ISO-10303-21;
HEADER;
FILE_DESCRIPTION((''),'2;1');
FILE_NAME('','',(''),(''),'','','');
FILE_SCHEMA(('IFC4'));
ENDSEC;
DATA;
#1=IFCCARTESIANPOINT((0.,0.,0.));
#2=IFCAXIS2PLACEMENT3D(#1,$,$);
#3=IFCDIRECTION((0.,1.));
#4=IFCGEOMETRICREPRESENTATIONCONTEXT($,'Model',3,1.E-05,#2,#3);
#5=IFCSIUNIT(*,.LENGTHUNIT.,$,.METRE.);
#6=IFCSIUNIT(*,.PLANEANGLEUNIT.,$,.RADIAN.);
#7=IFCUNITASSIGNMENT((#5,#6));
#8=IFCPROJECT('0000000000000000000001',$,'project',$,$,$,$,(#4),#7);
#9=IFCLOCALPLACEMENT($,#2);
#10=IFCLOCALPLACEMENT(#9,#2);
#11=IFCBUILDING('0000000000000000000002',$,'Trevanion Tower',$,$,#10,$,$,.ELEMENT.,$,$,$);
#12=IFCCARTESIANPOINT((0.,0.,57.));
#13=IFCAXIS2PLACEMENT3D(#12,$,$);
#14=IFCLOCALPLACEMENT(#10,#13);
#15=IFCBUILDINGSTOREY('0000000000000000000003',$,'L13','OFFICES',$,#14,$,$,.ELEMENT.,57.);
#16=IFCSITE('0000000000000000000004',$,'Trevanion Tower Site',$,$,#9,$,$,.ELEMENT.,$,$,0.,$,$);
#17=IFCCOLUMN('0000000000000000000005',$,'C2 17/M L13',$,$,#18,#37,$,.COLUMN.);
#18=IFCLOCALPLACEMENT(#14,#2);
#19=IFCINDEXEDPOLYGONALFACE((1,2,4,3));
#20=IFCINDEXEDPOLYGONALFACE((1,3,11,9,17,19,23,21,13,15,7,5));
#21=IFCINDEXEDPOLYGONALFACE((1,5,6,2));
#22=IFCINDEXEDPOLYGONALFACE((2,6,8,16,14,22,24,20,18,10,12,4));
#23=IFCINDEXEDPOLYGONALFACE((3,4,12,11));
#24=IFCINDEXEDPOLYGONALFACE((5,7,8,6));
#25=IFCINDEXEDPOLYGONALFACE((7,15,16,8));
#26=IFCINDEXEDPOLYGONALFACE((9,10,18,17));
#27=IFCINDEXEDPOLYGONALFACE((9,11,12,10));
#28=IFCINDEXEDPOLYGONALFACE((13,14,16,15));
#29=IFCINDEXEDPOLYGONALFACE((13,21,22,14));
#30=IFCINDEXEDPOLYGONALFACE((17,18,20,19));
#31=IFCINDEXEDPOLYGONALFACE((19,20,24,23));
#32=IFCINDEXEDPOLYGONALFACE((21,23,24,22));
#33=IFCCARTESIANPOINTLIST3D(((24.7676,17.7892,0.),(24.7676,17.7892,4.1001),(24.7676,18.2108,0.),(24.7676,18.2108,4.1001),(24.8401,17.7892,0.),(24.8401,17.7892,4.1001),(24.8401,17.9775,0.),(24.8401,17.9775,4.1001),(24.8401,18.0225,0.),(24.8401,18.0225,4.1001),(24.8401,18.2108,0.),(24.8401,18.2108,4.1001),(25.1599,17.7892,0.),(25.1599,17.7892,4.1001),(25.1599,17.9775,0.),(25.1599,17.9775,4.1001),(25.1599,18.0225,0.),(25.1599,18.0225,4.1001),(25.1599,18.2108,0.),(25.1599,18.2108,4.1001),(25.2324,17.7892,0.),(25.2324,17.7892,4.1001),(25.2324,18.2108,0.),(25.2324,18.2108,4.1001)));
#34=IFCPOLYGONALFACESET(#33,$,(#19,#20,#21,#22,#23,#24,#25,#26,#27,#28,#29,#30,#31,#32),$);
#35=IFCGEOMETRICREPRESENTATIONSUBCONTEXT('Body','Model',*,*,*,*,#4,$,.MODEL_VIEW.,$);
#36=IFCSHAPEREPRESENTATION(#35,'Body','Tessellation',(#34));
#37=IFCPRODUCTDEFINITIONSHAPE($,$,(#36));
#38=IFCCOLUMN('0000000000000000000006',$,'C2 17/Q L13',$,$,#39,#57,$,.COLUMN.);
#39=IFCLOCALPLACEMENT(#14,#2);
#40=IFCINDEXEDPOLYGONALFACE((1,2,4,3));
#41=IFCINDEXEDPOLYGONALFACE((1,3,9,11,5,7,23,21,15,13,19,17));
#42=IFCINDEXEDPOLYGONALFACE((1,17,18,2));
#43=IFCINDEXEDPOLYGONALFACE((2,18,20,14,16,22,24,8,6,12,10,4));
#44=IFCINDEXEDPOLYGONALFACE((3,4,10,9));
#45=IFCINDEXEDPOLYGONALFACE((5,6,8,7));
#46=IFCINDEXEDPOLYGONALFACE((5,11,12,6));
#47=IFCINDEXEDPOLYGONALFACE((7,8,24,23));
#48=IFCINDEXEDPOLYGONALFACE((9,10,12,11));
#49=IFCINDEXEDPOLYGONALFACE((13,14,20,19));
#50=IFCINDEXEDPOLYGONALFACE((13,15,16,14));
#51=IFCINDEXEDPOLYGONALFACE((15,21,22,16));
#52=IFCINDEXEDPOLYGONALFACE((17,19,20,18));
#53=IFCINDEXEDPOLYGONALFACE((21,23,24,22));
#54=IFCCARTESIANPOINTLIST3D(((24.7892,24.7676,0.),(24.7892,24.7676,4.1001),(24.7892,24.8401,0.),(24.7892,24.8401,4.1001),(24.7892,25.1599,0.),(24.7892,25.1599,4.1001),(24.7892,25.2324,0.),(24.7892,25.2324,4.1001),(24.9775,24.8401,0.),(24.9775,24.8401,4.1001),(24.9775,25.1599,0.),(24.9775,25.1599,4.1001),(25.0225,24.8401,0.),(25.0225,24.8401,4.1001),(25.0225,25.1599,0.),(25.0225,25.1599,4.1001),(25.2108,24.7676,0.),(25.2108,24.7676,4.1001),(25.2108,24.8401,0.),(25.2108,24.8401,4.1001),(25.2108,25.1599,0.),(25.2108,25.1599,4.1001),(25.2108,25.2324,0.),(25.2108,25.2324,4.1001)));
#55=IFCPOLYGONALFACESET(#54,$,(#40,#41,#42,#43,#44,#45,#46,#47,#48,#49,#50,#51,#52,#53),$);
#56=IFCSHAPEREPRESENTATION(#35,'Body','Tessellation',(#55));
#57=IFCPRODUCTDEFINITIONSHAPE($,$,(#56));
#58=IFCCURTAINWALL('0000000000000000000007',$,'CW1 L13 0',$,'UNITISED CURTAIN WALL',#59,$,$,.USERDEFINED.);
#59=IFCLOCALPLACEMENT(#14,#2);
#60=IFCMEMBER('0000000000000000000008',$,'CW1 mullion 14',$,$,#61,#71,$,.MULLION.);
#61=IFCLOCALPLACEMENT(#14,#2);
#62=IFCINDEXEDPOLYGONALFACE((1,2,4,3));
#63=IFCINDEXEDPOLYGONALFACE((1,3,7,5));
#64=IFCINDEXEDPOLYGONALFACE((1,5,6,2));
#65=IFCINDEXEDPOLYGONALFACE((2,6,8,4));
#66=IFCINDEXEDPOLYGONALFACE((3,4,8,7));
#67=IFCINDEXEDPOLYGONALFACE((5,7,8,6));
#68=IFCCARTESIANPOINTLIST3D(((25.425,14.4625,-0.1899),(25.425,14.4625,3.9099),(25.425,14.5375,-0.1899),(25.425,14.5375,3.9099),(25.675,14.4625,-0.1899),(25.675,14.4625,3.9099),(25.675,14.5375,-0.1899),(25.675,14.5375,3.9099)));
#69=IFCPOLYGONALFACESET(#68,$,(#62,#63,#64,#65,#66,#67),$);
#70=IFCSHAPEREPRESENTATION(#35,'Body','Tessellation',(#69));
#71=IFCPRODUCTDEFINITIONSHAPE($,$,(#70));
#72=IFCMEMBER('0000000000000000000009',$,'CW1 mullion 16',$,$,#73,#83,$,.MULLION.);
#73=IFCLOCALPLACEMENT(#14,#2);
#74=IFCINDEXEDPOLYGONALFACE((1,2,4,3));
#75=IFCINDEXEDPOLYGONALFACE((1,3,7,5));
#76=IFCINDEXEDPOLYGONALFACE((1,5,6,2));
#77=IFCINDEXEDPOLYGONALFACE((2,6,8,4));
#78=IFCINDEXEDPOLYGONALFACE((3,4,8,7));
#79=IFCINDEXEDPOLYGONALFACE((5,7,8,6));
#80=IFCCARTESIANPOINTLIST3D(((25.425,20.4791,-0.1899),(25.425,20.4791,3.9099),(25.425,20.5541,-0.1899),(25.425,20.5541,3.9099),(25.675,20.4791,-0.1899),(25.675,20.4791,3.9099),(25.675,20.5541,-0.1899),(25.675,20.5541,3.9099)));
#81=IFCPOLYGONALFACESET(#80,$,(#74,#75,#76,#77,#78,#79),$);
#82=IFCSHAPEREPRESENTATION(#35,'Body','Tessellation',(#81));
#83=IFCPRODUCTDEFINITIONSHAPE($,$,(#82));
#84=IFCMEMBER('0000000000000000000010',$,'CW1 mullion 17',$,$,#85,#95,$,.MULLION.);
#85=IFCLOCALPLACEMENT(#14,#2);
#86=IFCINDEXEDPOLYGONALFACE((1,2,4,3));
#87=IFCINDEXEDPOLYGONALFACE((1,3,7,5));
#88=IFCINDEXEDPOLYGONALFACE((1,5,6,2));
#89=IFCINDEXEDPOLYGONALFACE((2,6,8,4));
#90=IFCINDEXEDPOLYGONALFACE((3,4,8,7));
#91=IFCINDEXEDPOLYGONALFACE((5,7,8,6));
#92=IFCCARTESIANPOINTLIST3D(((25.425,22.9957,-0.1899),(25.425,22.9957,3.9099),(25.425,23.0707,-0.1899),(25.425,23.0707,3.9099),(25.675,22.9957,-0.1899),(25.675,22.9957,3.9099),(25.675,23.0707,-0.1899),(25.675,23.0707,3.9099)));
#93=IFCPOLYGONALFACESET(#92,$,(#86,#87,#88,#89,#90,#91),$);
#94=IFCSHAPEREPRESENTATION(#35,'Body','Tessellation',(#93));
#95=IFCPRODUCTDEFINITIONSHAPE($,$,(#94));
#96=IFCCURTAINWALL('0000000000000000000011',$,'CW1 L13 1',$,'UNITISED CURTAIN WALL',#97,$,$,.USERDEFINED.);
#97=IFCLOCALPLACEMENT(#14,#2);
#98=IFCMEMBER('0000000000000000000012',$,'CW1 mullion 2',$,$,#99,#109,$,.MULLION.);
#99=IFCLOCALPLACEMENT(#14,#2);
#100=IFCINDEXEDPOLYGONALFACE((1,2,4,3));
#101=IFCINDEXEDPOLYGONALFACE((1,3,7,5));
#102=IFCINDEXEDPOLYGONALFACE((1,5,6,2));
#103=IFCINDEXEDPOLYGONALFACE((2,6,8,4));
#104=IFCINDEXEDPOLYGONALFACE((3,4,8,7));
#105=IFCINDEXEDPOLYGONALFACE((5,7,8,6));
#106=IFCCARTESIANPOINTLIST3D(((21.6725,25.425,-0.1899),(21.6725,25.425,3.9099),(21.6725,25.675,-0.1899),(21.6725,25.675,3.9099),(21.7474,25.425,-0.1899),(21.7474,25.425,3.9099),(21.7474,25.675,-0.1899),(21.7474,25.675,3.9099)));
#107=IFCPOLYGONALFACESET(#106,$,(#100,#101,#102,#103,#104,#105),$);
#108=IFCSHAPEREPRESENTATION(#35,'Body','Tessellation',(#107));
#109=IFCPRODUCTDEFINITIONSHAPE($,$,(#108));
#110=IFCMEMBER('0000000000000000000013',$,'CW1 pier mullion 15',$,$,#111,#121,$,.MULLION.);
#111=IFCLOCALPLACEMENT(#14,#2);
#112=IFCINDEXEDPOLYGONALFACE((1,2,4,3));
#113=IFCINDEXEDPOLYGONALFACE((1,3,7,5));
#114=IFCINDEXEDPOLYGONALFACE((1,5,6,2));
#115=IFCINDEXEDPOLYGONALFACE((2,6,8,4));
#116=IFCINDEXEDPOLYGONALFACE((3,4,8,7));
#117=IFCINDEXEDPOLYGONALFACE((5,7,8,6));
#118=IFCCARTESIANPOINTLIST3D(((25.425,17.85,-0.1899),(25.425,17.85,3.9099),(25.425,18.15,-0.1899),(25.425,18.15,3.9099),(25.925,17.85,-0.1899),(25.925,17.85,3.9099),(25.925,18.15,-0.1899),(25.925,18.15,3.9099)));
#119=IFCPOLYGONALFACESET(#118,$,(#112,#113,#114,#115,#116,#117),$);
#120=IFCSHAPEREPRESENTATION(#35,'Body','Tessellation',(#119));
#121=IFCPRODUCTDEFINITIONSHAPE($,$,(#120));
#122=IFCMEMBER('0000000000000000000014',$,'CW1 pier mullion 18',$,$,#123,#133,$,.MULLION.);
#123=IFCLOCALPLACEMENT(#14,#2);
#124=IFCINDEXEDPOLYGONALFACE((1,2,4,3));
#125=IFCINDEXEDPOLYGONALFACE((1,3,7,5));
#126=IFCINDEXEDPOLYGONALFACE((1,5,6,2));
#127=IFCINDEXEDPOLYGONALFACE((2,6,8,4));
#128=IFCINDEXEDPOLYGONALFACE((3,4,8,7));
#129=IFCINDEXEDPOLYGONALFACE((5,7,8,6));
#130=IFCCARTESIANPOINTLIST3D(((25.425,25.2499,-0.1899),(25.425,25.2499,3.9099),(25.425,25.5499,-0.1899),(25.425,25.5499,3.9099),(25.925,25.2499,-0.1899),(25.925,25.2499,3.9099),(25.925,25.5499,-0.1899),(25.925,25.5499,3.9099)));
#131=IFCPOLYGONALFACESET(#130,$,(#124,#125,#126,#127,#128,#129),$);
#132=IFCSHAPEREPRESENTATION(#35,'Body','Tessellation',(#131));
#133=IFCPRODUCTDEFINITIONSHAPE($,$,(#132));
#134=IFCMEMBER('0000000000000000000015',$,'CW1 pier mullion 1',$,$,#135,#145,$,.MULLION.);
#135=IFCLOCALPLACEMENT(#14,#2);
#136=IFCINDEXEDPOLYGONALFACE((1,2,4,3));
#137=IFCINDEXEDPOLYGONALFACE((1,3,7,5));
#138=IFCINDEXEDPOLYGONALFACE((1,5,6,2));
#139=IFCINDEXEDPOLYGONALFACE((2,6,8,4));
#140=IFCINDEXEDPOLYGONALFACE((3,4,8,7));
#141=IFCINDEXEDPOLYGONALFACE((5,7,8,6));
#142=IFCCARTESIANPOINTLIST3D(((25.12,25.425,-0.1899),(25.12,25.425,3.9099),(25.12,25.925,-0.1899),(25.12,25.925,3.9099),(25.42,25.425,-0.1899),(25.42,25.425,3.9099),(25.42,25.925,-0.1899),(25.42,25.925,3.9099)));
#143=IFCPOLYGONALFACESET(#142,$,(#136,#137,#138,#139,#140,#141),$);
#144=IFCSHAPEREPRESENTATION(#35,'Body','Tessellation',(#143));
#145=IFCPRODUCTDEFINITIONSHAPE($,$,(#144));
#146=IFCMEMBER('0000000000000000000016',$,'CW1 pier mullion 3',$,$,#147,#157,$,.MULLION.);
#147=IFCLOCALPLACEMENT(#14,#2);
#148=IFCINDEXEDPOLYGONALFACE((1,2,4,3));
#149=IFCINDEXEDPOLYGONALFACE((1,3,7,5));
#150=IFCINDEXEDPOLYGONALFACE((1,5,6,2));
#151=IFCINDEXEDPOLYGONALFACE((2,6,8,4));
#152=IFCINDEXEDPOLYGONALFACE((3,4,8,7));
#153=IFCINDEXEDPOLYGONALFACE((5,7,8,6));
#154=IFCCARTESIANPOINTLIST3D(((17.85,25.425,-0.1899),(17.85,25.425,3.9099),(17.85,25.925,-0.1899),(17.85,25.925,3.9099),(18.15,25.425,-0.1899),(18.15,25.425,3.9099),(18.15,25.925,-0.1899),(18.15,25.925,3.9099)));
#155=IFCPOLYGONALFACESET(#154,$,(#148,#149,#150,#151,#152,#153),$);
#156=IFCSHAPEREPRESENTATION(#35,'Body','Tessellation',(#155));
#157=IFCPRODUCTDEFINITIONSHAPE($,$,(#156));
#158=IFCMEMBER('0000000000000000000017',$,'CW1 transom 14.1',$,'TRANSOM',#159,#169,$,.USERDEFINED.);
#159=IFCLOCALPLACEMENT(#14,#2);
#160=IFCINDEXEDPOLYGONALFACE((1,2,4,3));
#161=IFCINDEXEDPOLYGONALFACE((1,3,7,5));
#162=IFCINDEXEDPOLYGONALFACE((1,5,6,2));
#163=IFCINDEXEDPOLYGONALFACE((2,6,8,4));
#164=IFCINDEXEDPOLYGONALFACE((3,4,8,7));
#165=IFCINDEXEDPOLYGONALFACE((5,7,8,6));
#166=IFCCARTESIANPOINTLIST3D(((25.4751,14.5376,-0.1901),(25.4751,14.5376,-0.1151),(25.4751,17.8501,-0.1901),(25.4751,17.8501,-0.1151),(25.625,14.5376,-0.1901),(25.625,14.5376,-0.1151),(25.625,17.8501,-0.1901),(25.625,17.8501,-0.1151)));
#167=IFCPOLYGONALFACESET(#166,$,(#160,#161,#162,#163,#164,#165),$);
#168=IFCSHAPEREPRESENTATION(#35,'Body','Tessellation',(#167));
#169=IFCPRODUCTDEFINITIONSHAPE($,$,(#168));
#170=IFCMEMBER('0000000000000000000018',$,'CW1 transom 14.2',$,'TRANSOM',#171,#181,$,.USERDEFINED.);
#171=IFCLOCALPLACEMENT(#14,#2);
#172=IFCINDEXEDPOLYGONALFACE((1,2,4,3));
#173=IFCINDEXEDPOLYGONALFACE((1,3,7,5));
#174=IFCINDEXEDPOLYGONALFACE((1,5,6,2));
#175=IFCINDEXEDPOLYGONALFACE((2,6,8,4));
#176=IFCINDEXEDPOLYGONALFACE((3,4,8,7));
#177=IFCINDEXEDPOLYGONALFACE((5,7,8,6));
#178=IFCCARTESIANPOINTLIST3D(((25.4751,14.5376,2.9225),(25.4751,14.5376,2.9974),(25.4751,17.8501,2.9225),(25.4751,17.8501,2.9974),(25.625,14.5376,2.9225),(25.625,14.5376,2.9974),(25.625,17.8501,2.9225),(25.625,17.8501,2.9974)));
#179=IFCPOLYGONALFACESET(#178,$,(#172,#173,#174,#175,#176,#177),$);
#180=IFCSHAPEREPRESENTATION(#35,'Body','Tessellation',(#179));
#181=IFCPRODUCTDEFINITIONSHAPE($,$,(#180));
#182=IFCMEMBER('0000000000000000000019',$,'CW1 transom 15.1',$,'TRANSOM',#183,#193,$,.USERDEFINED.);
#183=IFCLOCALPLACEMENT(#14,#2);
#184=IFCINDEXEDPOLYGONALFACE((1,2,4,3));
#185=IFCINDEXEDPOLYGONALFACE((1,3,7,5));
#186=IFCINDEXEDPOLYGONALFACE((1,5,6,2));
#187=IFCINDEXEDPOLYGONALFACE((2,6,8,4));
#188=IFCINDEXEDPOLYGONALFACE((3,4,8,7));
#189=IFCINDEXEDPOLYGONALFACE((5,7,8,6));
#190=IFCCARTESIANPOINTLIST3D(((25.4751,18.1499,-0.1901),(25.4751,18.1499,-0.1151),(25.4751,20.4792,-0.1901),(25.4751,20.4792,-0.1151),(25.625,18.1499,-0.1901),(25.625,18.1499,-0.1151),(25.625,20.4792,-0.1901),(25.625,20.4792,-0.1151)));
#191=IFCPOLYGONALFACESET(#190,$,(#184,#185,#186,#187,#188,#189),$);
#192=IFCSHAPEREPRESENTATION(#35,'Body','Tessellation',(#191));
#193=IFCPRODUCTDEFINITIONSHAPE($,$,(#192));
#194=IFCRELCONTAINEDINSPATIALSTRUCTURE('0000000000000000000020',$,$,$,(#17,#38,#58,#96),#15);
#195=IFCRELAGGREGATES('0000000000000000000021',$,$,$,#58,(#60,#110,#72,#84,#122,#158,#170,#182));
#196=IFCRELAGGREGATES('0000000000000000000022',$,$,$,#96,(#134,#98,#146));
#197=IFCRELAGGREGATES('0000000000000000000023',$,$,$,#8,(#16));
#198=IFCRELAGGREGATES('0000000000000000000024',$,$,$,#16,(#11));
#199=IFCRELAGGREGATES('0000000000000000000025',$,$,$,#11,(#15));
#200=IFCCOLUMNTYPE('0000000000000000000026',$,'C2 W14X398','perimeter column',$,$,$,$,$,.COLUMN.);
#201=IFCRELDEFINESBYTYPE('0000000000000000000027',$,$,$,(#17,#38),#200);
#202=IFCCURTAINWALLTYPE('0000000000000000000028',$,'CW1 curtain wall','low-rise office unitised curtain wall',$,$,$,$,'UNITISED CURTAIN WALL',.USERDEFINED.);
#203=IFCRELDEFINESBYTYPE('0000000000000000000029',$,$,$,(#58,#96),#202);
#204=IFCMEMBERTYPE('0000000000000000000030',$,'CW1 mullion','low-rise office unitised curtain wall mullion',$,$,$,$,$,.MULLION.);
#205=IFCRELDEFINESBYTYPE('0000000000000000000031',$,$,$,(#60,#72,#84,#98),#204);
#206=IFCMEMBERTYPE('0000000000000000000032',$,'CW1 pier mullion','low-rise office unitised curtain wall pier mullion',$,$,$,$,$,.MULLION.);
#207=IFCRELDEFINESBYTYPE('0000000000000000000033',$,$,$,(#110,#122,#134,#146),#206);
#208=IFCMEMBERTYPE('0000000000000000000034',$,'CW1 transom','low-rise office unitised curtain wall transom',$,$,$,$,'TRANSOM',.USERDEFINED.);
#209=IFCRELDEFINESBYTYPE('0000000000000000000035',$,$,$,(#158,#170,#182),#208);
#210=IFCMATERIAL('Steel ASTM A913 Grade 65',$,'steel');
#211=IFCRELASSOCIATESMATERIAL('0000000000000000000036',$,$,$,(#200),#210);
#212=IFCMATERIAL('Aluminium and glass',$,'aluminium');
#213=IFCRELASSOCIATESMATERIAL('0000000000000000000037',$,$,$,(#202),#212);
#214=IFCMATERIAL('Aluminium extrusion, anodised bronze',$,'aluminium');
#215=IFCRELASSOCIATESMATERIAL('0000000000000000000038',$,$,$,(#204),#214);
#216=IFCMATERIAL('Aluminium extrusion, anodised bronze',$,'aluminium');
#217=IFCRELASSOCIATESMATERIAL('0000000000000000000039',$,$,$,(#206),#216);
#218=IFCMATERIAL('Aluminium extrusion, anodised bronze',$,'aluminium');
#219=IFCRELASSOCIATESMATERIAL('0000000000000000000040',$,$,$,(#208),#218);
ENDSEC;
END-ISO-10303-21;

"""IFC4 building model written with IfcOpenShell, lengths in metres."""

from ifc_helpers import new_model, si_unit, direction, frame, origin, origin_2d, place, context, subcontext, project, spatial, rectangle, i_section, extrude, material, material_profile, profile_set, type_object, element, aggregate, save


model = new_model("IFC4")

# Units and contexts
model_context = context("Model", 3, precision=1e-05, world=origin(), true_north=direction((0.0, 1.0)))
body_context = subcontext(model_context, "Body", "Model", "MODEL_VIEW")
ifc_project = project(units=[si_unit("LENGTHUNIT", "METRE"), si_unit("PLANEANGLEUNIT", "RADIAN")], contexts=[model_context])

# Site, building, storey
site_placement = place(None, origin())
site = spatial("IfcSite", under=ifc_project, at=site_placement, Name="Trevanion Tower Site", CompositionType="ELEMENT", RefElevation=0.0)
building_placement = place(site_placement, origin())
building = spatial("IfcBuilding", under=site, at=building_placement, Name="Trevanion Tower", CompositionType="ELEMENT")
storey_placement = place(building_placement, frame((0.0, 0.0, 57.0)))
storey = spatial("IfcBuildingStorey", under=building, at=storey_placement, Name="L13", Description="OFFICES", CompositionType="ELEMENT", Elevation=57.0)

# Columns
ifc_material_1 = material(Name="Steel ASTM A913 Grade 65", Category="steel")
ifc_material_profile_1 = material_profile(ifc_material_1, i_section(OverallWidth=0.4216, OverallDepth=0.4648, WebThickness=0.0449, FlangeThickness=0.0725, at=origin_2d()), Name="W14X398")
ifc_profile_set_1 = profile_set([ifc_material_profile_1], Name="Steel ASTM A913 Grade 65")
column_type = type_object("IfcColumnType", Name="C2 W14X398", Description="perimeter column", PredefinedType="COLUMN", material=ifc_profile_set_1)
for number, where, z_axis, x_axis, name in (
    (1, (25.0, 18.0, 0.0), (0.0, 0.0, 1.0), (0.0, 1.0, 0.0), "C2 17/M L13"),
    (2, (25.0, 25.0, 0.0), (0.0, 0.0, 1.0), (1.0, 0.0, 0.0), "C2 17/Q L13"),
):
    element("IfcColumn", number, at=place(storey_placement, frame(where, z_axis=z_axis, x_axis=x_axis)), inside=storey, type_object=column_type, Name=name, PredefinedType="COLUMN", context=body_context, shape_type="SweptSolid", body=[
        extrude(i_section(OverallWidth=0.4216, OverallDepth=0.4648, WebThickness=0.0449, FlangeThickness=0.0725, at=origin_2d()), origin(), (0.0, 0.0, 1.0), 4.1001),
    ])

# Curtain wall, members
ifc_material_2 = material(Name="Aluminium and glass", Category="aluminium")
curtain_wall_type = type_object("IfcCurtainWallType", Name="CW1 curtain wall", Description="low-rise office unitised curtain wall", ElementType="UNITISED CURTAIN WALL", PredefinedType="USERDEFINED", material=ifc_material_2)
curtain_wall_1_placement = place(storey_placement, origin())
curtain_wall_1 = element("IfcCurtainWall", 3, at=curtain_wall_1_placement, inside=storey, type_object=curtain_wall_type, Name="CW1 L13 0", ObjectType="UNITISED CURTAIN WALL", PredefinedType="USERDEFINED")
ifc_material_3 = material(Name="Aluminium extrusion, anodised bronze", Category="aluminium")
ifc_material_profile_2 = material_profile(ifc_material_3, rectangle(XDim=0.075, YDim=0.25, at=origin_2d()), Name="CW1 mullion")
ifc_profile_set_2 = profile_set([ifc_material_profile_2], Name="Aluminium extrusion, anodised bronze")
member_type_1 = type_object("IfcMemberType", Name="CW1 mullion", Description="low-rise office unitised curtain wall mullion", PredefinedType="MULLION", material=ifc_profile_set_2)
member_1_placement = place(storey_placement, frame((25.55, 14.5, -0.1899), z_axis=(0.0, 0.0, 1.0), x_axis=(0.0, 1.0, 0.0)))
member_1 = element("IfcMember", 4, at=member_1_placement, type_object=member_type_1, Name="CW1 mullion 14", PredefinedType="MULLION", context=body_context, shape_type="SweptSolid", body=[
    extrude(rectangle(XDim=0.075, YDim=0.25, at=origin_2d()), origin(), (0.0, 0.0, 1.0), 4.0999),
])
member_2_placement = place(storey_placement, frame((25.55, 20.5166, -0.1899), z_axis=(0.0, 0.0, 1.0), x_axis=(0.0, 1.0, 0.0)))
member_2 = element("IfcMember", 5, at=member_2_placement, type_object=member_type_1, Name="CW1 mullion 16", PredefinedType="MULLION", context=body_context, shape_type="SweptSolid", body=[
    extrude(rectangle(XDim=0.075, YDim=0.25, at=origin_2d()), origin(), (0.0, 0.0, 1.0), 4.0999),
])
member_3_placement = place(storey_placement, frame((25.55, 23.0332, -0.1899), z_axis=(0.0, 0.0, 1.0), x_axis=(0.0, 1.0, 0.0)))
member_3 = element("IfcMember", 6, at=member_3_placement, type_object=member_type_1, Name="CW1 mullion 17", PredefinedType="MULLION", context=body_context, shape_type="SweptSolid", body=[
    extrude(rectangle(XDim=0.075, YDim=0.25, at=origin_2d()), origin(), (0.0, 0.0, 1.0), 4.0999),
])

# Curtain wall, member
curtain_wall_2_placement = place(storey_placement, origin())
curtain_wall_2 = element("IfcCurtainWall", 7, at=curtain_wall_2_placement, inside=storey, type_object=curtain_wall_type, Name="CW1 L13 1", ObjectType="UNITISED CURTAIN WALL", PredefinedType="USERDEFINED")
member_4_placement = place(storey_placement, frame((21.71, 25.55, -0.1899), z_axis=(0.0, 0.0, 1.0), x_axis=(-1.0, 0.0, 0.0)))
member_4 = element("IfcMember", 8, at=member_4_placement, type_object=member_type_1, Name="CW1 mullion 2", PredefinedType="MULLION", context=body_context, shape_type="SweptSolid", body=[
    extrude(rectangle(XDim=0.075, YDim=0.25, at=origin_2d()), origin(), (0.0, 0.0, 1.0), 4.0999),
])

# Members
ifc_material_4 = material(Name="Aluminium extrusion, anodised bronze", Category="aluminium")
ifc_material_profile_3 = material_profile(ifc_material_4, rectangle(XDim=0.3, YDim=0.5, at=origin_2d()), Name="CW1 pier mullion")
ifc_profile_set_3 = profile_set([ifc_material_profile_3], Name="Aluminium extrusion, anodised bronze")
member_type_2 = type_object("IfcMemberType", Name="CW1 pier mullion", Description="low-rise office unitised curtain wall pier mullion", PredefinedType="MULLION", material=ifc_profile_set_3)
member_5_placement = place(storey_placement, frame((25.675, 18.0, -0.1899), z_axis=(0.0, 0.0, 1.0), x_axis=(0.0, 1.0, 0.0)))
member_5 = element("IfcMember", 9, at=member_5_placement, type_object=member_type_2, Name="CW1 pier mullion 15", PredefinedType="MULLION", context=body_context, shape_type="SweptSolid", body=[
    extrude(rectangle(XDim=0.3, YDim=0.5, at=origin_2d()), origin(), (0.0, 0.0, 1.0), 4.0999),
])
member_6_placement = place(storey_placement, frame((25.675, 25.3999, -0.1899), z_axis=(0.0, 0.0, 1.0), x_axis=(0.0, 1.0, 0.0)))
member_6 = element("IfcMember", 10, at=member_6_placement, type_object=member_type_2, Name="CW1 pier mullion 18", PredefinedType="MULLION", context=body_context, shape_type="SweptSolid", body=[
    extrude(rectangle(XDim=0.3, YDim=0.5, at=origin_2d()), origin(), (0.0, 0.0, 1.0), 4.0999),
])
member_7_placement = place(storey_placement, frame((25.27, 25.675, -0.1899), z_axis=(0.0, 0.0, 1.0), x_axis=(-1.0, 0.0, 0.0)))
member_7 = element("IfcMember", 11, at=member_7_placement, type_object=member_type_2, Name="CW1 pier mullion 1", PredefinedType="MULLION", context=body_context, shape_type="SweptSolid", body=[
    extrude(rectangle(XDim=0.3, YDim=0.5, at=origin_2d()), origin(), (0.0, 0.0, 1.0), 4.0999),
])
member_8_placement = place(storey_placement, frame((18.0, 25.675, -0.1899), z_axis=(0.0, 0.0, 1.0), x_axis=(-1.0, 0.0, 0.0)))
member_8 = element("IfcMember", 12, at=member_8_placement, type_object=member_type_2, Name="CW1 pier mullion 3", PredefinedType="MULLION", context=body_context, shape_type="SweptSolid", body=[
    extrude(rectangle(XDim=0.3, YDim=0.5, at=origin_2d()), origin(), (0.0, 0.0, 1.0), 4.0999),
])
ifc_material_5 = material(Name="Aluminium extrusion, anodised bronze", Category="aluminium")
ifc_material_profile_4 = material_profile(ifc_material_5, rectangle(XDim=0.1499, YDim=0.075, at=origin_2d()), Name="CW1 transom")
ifc_profile_set_4 = profile_set([ifc_material_profile_4], Name="Aluminium extrusion, anodised bronze")
member_type_3 = type_object("IfcMemberType", Name="CW1 transom", Description="low-rise office unitised curtain wall transom", ElementType="TRANSOM", PredefinedType="USERDEFINED", material=ifc_profile_set_4)
member_9_placement = place(storey_placement, frame((25.55, 14.5376, -0.1526), z_axis=(0.0, 1.0, 0.0), x_axis=(-1.0, 0.0, 0.0)))
member_9 = element("IfcMember", 13, at=member_9_placement, type_object=member_type_3, Name="CW1 transom 14.1", ObjectType="TRANSOM", PredefinedType="USERDEFINED", context=body_context, shape_type="SweptSolid", body=[
    extrude(rectangle(XDim=0.1499, YDim=0.075, at=origin_2d()), origin(), (0.0, 0.0, 1.0), 3.3125),
])
member_10_placement = place(storey_placement, frame((25.55, 14.5376, 2.96), z_axis=(0.0, 1.0, 0.0), x_axis=(-1.0, 0.0, 0.0)))
member_10 = element("IfcMember", 14, at=member_10_placement, type_object=member_type_3, Name="CW1 transom 14.2", ObjectType="TRANSOM", PredefinedType="USERDEFINED", context=body_context, shape_type="SweptSolid", body=[
    extrude(rectangle(XDim=0.1499, YDim=0.075, at=origin_2d()), origin(), (0.0, 0.0, 1.0), 3.3125),
])
member_11_placement = place(storey_placement, frame((25.55, 18.1499, -0.1526), z_axis=(0.0, 1.0, 0.0), x_axis=(-1.0, 0.0, 0.0)))
member_11 = element("IfcMember", 15, at=member_11_placement, type_object=member_type_3, Name="CW1 transom 15.1", ObjectType="TRANSOM", PredefinedType="USERDEFINED", context=body_context, shape_type="SweptSolid", body=[
    extrude(rectangle(XDim=0.1499, YDim=0.075, at=origin_2d()), origin(), (0.0, 0.0, 1.0), 2.3293),
])

aggregate(curtain_wall_1, [member_1, member_5, member_2, member_3, member_6, member_9, member_10, member_11])
aggregate(curtain_wall_2, [member_7, member_4, member_8])

save(model, "model.ifc")
